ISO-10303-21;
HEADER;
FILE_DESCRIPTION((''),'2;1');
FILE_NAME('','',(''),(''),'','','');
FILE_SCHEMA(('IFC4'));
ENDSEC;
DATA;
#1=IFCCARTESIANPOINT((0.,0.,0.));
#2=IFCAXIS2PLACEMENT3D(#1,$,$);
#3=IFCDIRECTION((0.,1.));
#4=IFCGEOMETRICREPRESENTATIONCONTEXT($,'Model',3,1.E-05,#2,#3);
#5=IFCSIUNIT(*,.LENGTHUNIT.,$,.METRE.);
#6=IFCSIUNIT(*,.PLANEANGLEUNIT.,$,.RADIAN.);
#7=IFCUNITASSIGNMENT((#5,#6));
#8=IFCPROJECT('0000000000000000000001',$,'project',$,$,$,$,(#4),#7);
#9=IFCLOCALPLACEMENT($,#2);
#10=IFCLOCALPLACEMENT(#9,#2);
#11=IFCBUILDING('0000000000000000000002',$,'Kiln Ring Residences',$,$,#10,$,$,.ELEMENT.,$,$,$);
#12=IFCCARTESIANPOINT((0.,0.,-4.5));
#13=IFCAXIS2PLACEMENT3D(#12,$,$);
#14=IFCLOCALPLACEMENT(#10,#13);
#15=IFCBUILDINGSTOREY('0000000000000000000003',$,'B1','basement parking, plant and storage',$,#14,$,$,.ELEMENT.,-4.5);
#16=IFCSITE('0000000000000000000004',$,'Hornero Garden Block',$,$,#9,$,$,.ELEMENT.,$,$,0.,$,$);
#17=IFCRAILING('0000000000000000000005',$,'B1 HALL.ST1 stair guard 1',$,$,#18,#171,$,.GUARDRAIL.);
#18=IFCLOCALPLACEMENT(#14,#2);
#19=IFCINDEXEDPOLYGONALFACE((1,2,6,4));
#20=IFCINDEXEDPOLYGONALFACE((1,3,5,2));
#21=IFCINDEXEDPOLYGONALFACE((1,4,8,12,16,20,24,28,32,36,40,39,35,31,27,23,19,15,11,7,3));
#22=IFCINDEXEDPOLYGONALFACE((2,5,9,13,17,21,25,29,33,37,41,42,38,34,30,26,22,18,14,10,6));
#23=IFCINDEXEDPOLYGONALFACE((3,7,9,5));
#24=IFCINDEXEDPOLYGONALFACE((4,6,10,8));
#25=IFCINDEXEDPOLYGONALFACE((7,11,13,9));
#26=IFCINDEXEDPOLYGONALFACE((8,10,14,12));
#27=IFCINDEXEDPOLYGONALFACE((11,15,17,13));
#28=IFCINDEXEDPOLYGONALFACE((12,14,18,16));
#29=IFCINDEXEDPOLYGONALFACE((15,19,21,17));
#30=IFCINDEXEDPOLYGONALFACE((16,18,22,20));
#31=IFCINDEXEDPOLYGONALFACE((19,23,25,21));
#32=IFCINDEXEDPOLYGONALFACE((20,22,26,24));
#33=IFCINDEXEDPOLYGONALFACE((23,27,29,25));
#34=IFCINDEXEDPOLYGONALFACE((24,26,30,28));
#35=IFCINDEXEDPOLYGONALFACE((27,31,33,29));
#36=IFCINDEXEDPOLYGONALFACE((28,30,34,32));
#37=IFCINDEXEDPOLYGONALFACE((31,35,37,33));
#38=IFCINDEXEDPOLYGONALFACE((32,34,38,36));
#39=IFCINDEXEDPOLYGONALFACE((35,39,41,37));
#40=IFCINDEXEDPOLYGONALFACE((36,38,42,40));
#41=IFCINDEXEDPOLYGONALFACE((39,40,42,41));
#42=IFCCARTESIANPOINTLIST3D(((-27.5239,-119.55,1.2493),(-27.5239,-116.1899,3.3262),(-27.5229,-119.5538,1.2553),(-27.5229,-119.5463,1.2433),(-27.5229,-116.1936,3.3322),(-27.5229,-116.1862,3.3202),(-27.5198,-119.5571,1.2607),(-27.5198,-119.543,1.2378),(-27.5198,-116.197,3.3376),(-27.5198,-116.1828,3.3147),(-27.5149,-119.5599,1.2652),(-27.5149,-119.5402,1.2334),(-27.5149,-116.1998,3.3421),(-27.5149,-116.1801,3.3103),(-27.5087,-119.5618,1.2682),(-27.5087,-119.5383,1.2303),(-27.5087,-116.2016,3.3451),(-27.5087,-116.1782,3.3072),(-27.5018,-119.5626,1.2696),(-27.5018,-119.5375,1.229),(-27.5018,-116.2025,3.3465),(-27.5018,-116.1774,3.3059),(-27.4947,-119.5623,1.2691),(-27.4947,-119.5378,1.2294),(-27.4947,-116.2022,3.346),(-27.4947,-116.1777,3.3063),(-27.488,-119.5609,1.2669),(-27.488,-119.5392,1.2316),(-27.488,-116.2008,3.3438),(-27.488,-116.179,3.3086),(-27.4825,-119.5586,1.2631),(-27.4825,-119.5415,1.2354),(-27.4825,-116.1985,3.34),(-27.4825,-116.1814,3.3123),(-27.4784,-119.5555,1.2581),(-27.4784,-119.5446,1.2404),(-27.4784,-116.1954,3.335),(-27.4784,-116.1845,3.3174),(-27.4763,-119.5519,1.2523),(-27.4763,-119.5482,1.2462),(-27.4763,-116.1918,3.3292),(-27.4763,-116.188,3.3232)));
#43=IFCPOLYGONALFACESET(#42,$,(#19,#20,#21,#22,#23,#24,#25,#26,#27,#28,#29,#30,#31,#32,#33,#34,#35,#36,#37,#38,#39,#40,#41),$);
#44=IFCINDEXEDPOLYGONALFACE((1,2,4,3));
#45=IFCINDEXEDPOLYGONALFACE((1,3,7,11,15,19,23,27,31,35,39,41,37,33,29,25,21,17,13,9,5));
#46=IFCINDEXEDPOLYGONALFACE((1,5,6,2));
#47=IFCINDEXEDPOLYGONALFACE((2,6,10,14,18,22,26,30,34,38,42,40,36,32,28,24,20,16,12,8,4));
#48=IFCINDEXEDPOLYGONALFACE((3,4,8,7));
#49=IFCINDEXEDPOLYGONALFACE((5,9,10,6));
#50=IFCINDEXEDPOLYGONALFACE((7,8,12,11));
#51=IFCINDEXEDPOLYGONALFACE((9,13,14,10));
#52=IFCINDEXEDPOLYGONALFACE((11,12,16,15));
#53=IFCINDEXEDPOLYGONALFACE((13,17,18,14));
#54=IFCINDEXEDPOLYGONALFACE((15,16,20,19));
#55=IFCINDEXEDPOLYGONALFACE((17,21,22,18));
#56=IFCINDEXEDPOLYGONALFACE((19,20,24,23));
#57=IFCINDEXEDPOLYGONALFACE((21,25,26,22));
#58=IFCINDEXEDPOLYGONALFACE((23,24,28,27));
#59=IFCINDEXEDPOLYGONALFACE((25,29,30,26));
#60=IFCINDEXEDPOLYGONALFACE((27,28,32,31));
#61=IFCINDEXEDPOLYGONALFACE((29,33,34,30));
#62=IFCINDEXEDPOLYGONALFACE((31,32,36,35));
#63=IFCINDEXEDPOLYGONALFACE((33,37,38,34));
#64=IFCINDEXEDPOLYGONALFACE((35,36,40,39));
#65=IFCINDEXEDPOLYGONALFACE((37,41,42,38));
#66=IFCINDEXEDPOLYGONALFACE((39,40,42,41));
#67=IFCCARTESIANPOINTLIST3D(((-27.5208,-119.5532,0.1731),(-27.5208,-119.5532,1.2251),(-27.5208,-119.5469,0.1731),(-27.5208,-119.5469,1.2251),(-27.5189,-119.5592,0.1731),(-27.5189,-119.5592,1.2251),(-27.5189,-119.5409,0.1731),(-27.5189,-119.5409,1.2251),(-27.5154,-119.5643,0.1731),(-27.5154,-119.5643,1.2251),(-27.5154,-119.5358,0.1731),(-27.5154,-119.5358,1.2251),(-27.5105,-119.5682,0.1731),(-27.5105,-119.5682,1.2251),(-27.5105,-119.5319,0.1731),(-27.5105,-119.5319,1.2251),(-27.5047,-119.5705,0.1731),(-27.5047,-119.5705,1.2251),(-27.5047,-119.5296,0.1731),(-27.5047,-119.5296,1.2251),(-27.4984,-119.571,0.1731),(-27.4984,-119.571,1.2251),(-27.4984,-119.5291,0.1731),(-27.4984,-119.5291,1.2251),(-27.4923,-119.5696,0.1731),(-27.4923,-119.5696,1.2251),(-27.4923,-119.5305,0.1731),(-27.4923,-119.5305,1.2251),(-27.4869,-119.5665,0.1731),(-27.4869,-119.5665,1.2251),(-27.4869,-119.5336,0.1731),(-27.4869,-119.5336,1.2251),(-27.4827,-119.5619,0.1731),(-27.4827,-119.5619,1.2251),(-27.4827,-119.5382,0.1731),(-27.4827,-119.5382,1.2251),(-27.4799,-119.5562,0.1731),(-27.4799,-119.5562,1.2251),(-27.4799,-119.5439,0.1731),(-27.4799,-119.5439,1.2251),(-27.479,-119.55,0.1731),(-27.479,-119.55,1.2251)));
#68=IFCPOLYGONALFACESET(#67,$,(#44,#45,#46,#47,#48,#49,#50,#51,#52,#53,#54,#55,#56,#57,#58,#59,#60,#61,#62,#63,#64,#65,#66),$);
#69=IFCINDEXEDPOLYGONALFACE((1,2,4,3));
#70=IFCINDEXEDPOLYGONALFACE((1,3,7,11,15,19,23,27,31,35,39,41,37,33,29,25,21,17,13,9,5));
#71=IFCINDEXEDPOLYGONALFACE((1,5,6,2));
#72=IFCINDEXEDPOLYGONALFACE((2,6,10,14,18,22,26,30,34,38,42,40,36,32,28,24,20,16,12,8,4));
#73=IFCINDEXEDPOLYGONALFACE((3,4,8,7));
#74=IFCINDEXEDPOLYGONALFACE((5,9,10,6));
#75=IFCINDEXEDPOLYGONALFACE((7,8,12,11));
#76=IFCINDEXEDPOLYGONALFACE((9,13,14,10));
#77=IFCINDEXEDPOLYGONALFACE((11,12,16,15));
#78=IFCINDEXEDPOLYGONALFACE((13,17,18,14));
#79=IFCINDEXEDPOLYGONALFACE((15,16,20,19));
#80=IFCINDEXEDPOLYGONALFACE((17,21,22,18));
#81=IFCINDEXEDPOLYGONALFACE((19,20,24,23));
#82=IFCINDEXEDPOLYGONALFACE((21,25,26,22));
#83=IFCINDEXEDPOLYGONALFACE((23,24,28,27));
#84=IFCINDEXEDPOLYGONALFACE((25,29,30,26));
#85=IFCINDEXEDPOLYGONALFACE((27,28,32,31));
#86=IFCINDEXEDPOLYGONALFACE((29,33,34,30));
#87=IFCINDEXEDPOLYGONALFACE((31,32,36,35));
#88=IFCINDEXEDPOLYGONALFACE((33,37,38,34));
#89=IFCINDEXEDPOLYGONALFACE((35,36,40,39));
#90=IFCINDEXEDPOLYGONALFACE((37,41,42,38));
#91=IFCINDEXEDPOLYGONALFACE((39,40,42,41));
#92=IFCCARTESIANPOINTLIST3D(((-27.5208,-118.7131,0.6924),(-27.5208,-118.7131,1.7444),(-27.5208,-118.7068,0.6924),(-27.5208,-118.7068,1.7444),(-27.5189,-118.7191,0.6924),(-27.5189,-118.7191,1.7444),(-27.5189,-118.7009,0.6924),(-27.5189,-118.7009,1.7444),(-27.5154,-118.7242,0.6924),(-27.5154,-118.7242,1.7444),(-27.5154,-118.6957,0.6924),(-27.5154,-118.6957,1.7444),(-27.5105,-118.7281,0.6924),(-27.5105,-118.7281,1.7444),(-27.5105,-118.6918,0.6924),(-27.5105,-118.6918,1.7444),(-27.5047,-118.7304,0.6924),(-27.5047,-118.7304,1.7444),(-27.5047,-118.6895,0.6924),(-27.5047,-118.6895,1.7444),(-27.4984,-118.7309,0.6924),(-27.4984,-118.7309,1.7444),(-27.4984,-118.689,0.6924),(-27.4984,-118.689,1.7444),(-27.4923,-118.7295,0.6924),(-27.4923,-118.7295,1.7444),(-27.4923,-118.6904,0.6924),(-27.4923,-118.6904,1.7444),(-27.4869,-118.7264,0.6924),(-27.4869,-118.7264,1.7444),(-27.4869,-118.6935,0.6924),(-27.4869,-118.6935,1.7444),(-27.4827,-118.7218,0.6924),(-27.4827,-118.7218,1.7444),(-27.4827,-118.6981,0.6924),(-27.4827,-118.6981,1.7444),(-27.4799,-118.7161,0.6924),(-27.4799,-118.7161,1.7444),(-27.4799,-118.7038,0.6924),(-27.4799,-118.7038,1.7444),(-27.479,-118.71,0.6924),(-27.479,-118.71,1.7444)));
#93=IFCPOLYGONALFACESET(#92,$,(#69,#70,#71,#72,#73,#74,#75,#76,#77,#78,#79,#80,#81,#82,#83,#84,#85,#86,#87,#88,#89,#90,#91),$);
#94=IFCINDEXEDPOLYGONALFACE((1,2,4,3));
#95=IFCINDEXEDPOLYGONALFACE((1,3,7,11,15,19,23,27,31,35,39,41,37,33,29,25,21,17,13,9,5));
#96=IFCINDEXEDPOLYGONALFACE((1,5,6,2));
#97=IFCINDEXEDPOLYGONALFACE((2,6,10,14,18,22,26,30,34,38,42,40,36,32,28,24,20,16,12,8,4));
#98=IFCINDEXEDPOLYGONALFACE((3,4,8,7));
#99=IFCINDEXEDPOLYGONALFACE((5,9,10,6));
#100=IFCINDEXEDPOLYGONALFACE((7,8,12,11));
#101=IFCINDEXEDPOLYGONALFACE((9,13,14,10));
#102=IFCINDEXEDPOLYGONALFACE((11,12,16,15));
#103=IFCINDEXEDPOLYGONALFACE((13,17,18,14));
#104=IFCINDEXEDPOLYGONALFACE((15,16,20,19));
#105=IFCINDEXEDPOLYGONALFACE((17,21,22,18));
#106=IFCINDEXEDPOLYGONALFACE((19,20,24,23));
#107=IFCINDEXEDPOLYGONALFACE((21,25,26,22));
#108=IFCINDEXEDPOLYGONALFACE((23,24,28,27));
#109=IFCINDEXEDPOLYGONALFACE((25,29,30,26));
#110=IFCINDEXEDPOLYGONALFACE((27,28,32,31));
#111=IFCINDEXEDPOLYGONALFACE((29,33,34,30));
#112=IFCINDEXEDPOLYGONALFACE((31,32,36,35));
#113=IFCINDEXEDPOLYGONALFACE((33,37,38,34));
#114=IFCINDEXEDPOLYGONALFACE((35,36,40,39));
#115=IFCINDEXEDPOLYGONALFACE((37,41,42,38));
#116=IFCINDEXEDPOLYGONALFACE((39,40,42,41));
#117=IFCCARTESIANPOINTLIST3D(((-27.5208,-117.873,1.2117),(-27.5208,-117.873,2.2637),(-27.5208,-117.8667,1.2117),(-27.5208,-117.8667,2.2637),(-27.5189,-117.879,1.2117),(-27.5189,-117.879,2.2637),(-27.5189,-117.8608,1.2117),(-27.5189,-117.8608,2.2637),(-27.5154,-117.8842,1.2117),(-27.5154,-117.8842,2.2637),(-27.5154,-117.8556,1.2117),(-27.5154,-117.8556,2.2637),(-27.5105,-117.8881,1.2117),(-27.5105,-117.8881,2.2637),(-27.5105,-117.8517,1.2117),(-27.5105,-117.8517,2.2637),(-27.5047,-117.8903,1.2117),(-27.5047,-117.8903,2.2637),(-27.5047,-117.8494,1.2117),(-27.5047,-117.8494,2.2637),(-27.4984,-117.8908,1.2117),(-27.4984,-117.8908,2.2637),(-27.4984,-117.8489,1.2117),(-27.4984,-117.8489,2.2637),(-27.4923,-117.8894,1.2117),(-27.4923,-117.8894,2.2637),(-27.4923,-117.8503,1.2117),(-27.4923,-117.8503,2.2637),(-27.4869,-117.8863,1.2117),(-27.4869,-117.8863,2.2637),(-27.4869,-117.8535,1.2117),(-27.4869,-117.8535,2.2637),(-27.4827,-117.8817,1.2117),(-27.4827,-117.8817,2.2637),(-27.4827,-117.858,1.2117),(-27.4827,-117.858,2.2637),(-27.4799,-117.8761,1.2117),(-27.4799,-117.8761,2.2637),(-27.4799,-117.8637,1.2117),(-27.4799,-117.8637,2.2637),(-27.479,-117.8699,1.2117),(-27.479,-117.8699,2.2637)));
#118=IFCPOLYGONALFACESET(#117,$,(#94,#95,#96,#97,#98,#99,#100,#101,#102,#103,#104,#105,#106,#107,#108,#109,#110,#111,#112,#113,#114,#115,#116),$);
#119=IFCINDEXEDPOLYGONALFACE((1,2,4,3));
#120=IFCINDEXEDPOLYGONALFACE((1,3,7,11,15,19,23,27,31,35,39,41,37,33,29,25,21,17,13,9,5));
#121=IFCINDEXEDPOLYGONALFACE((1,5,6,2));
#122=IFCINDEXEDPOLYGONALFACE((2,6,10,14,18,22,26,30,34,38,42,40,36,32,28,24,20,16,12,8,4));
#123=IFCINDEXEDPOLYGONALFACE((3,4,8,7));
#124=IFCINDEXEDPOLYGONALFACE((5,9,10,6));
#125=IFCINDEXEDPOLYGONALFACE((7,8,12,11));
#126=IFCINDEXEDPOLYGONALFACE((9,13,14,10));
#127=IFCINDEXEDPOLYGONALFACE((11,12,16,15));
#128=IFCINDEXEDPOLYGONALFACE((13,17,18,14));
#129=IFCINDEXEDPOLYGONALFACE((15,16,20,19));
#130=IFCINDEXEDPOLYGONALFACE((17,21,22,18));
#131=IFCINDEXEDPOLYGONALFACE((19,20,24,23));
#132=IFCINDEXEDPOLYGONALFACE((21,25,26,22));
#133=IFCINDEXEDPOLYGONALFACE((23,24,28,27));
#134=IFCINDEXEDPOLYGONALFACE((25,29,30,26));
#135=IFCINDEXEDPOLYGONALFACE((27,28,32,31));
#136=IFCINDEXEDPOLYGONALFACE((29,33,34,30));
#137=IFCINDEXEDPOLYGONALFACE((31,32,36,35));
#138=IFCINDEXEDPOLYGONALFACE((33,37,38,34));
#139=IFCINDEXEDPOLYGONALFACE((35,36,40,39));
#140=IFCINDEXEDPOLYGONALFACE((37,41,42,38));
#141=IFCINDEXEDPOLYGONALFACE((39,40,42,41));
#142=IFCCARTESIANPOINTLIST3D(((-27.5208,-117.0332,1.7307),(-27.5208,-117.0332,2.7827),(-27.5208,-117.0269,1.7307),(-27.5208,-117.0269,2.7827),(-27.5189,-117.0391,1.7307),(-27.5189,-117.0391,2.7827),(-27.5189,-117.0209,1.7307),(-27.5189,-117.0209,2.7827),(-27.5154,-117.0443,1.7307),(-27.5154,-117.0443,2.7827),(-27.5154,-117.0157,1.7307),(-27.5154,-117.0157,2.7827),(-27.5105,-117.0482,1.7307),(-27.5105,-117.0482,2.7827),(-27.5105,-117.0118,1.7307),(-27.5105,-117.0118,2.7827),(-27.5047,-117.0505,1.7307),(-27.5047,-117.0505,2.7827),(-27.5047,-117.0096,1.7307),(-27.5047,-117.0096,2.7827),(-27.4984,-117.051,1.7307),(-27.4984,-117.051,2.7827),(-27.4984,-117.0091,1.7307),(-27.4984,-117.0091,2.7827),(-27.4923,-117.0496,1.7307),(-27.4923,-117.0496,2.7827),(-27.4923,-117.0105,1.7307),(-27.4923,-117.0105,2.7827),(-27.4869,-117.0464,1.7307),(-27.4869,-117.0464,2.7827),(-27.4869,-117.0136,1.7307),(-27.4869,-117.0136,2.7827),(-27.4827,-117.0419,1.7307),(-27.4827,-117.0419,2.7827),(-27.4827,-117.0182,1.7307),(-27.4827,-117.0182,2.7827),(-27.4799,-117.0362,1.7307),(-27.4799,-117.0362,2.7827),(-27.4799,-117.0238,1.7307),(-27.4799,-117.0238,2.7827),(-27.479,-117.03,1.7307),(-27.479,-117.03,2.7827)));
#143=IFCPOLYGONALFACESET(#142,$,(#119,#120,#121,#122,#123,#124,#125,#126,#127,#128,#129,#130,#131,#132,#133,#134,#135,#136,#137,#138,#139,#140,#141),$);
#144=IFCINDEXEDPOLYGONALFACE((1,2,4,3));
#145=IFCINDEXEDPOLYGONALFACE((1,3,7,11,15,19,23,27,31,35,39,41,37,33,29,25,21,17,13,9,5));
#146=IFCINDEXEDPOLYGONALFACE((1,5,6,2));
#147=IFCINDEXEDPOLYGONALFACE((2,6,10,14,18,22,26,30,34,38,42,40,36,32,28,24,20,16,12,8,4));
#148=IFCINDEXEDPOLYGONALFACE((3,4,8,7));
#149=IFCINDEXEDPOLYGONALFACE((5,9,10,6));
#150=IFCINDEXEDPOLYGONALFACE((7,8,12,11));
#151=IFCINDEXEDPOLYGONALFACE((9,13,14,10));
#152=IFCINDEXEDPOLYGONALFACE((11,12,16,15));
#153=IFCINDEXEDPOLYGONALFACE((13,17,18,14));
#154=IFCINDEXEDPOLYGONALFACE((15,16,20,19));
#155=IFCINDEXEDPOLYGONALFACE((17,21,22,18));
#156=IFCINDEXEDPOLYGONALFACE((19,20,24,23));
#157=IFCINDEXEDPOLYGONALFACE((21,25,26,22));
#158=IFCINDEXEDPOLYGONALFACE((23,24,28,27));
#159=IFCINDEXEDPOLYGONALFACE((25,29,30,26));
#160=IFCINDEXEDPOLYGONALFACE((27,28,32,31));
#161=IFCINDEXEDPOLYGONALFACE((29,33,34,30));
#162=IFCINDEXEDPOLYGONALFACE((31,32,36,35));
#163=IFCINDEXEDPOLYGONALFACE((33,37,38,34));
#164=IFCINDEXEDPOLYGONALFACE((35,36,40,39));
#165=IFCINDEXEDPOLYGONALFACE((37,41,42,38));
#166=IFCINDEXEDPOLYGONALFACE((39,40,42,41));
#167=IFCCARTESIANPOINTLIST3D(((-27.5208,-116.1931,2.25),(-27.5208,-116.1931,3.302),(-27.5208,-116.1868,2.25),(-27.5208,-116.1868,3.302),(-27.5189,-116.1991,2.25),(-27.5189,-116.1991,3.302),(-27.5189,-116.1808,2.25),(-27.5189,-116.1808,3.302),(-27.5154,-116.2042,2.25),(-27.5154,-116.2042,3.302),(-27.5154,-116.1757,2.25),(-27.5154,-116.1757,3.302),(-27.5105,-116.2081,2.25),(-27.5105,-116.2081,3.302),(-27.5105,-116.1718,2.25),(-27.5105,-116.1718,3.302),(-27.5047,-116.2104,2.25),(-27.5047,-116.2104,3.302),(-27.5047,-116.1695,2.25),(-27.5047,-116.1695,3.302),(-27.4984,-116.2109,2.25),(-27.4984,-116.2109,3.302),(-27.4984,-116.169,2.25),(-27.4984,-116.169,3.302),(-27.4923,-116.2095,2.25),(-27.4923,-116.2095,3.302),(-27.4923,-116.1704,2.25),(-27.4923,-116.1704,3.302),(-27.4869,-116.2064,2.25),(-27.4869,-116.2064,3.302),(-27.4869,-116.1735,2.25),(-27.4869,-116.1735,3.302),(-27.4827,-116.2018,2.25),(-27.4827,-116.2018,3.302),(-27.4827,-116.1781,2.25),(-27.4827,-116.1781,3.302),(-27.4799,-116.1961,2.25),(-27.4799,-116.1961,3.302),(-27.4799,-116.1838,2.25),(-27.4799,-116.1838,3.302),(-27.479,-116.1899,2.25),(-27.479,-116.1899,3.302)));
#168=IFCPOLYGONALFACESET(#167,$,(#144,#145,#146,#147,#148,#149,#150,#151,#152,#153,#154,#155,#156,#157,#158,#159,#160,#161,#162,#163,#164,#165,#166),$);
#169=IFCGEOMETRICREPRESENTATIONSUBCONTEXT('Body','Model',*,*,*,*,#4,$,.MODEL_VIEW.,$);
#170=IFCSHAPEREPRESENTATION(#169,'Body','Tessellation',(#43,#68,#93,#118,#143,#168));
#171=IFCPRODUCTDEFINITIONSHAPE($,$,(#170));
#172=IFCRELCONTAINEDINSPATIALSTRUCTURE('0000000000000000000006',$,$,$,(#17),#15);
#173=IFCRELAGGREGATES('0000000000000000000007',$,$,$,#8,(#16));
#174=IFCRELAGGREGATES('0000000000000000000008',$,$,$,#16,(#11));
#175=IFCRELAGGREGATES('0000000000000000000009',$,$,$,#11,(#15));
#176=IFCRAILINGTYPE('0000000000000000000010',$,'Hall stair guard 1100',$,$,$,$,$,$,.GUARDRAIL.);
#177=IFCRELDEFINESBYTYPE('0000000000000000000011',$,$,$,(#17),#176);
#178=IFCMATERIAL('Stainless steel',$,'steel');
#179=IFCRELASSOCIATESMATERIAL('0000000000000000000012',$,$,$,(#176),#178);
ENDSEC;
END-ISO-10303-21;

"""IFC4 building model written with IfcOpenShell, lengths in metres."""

from ifc_helpers import new_model, si_unit, direction, frame, origin, origin_2d, place, context, subcontext, project, spatial, circle, extrude, material, type_object, element, save


model = new_model("IFC4")

# Units and contexts
model_context = context("Model", 3, precision=1e-05, world=origin(), true_north=direction((0.0, 1.0)))
body_context = subcontext(model_context, "Body", "Model", "MODEL_VIEW")
ifc_project = project(units=[si_unit("LENGTHUNIT", "METRE"), si_unit("PLANEANGLEUNIT", "RADIAN")], contexts=[model_context])

# Site, building, storey
site_placement = place(None, origin())
site = spatial("IfcSite", under=ifc_project, at=site_placement, Name="Hornero Garden Block", CompositionType="ELEMENT", RefElevation=0.0)
building_placement = place(site_placement, origin())
building = spatial("IfcBuilding", under=site, at=building_placement, Name="Kiln Ring Residences", CompositionType="ELEMENT")
storey_placement = place(building_placement, frame((0.0, 0.0, -4.5)))
storey = spatial("IfcBuildingStorey", under=building, at=storey_placement, Name="B1", Description="basement parking, plant and storage", CompositionType="ELEMENT", Elevation=-4.5)

# Railing
ifc_material_1 = material(Name="Stainless steel", Category="steel")
railing_type_1 = type_object("IfcRailingType", Name="Hall stair guard 1100", PredefinedType="GUARDRAIL", material=ifc_material_1)
railing_1_placement = place(storey_placement, frame((-27.5, -119.55, 0.1731)))
element("IfcRailing", 1, at=railing_1_placement, inside=storey, type_object=railing_type_1, Name="B1 HALL.ST1 stair guard 1", PredefinedType="GUARDRAIL", context=body_context, shape_type="SweptSolid", body=[
    extrude(circle(Radius=0.0239, at=origin_2d()), frame((0.0, 0.0, 1.0762), z_axis=(0.0, 0.850623, 0.525776), x_axis=(-1.0, 0.0, 0.0)), (0.0, 0.0, 1.0), 3.9502),
    extrude(circle(Radius=0.021, at=origin_2d()), origin(), (0.0, 0.0, 1.0), 1.052),
    extrude(circle(Radius=0.021, at=origin_2d()), frame((0.0, 0.8401, 0.5193)), (0.0, 0.0, 1.0), 1.052),
    extrude(circle(Radius=0.021, at=origin_2d()), frame((0.0, 1.6802, 1.0386)), (0.0, 0.0, 1.0), 1.052),
    extrude(circle(Radius=0.021, at=origin_2d()), frame((0.0, 2.52, 1.5576)), (0.0, 0.0, 1.0), 1.052),
    extrude(circle(Radius=0.021, at=origin_2d()), frame((0.0, 3.3601, 2.0769)), (0.0, 0.0, 1.0), 1.052),
])

save(model, "model.ifc")
